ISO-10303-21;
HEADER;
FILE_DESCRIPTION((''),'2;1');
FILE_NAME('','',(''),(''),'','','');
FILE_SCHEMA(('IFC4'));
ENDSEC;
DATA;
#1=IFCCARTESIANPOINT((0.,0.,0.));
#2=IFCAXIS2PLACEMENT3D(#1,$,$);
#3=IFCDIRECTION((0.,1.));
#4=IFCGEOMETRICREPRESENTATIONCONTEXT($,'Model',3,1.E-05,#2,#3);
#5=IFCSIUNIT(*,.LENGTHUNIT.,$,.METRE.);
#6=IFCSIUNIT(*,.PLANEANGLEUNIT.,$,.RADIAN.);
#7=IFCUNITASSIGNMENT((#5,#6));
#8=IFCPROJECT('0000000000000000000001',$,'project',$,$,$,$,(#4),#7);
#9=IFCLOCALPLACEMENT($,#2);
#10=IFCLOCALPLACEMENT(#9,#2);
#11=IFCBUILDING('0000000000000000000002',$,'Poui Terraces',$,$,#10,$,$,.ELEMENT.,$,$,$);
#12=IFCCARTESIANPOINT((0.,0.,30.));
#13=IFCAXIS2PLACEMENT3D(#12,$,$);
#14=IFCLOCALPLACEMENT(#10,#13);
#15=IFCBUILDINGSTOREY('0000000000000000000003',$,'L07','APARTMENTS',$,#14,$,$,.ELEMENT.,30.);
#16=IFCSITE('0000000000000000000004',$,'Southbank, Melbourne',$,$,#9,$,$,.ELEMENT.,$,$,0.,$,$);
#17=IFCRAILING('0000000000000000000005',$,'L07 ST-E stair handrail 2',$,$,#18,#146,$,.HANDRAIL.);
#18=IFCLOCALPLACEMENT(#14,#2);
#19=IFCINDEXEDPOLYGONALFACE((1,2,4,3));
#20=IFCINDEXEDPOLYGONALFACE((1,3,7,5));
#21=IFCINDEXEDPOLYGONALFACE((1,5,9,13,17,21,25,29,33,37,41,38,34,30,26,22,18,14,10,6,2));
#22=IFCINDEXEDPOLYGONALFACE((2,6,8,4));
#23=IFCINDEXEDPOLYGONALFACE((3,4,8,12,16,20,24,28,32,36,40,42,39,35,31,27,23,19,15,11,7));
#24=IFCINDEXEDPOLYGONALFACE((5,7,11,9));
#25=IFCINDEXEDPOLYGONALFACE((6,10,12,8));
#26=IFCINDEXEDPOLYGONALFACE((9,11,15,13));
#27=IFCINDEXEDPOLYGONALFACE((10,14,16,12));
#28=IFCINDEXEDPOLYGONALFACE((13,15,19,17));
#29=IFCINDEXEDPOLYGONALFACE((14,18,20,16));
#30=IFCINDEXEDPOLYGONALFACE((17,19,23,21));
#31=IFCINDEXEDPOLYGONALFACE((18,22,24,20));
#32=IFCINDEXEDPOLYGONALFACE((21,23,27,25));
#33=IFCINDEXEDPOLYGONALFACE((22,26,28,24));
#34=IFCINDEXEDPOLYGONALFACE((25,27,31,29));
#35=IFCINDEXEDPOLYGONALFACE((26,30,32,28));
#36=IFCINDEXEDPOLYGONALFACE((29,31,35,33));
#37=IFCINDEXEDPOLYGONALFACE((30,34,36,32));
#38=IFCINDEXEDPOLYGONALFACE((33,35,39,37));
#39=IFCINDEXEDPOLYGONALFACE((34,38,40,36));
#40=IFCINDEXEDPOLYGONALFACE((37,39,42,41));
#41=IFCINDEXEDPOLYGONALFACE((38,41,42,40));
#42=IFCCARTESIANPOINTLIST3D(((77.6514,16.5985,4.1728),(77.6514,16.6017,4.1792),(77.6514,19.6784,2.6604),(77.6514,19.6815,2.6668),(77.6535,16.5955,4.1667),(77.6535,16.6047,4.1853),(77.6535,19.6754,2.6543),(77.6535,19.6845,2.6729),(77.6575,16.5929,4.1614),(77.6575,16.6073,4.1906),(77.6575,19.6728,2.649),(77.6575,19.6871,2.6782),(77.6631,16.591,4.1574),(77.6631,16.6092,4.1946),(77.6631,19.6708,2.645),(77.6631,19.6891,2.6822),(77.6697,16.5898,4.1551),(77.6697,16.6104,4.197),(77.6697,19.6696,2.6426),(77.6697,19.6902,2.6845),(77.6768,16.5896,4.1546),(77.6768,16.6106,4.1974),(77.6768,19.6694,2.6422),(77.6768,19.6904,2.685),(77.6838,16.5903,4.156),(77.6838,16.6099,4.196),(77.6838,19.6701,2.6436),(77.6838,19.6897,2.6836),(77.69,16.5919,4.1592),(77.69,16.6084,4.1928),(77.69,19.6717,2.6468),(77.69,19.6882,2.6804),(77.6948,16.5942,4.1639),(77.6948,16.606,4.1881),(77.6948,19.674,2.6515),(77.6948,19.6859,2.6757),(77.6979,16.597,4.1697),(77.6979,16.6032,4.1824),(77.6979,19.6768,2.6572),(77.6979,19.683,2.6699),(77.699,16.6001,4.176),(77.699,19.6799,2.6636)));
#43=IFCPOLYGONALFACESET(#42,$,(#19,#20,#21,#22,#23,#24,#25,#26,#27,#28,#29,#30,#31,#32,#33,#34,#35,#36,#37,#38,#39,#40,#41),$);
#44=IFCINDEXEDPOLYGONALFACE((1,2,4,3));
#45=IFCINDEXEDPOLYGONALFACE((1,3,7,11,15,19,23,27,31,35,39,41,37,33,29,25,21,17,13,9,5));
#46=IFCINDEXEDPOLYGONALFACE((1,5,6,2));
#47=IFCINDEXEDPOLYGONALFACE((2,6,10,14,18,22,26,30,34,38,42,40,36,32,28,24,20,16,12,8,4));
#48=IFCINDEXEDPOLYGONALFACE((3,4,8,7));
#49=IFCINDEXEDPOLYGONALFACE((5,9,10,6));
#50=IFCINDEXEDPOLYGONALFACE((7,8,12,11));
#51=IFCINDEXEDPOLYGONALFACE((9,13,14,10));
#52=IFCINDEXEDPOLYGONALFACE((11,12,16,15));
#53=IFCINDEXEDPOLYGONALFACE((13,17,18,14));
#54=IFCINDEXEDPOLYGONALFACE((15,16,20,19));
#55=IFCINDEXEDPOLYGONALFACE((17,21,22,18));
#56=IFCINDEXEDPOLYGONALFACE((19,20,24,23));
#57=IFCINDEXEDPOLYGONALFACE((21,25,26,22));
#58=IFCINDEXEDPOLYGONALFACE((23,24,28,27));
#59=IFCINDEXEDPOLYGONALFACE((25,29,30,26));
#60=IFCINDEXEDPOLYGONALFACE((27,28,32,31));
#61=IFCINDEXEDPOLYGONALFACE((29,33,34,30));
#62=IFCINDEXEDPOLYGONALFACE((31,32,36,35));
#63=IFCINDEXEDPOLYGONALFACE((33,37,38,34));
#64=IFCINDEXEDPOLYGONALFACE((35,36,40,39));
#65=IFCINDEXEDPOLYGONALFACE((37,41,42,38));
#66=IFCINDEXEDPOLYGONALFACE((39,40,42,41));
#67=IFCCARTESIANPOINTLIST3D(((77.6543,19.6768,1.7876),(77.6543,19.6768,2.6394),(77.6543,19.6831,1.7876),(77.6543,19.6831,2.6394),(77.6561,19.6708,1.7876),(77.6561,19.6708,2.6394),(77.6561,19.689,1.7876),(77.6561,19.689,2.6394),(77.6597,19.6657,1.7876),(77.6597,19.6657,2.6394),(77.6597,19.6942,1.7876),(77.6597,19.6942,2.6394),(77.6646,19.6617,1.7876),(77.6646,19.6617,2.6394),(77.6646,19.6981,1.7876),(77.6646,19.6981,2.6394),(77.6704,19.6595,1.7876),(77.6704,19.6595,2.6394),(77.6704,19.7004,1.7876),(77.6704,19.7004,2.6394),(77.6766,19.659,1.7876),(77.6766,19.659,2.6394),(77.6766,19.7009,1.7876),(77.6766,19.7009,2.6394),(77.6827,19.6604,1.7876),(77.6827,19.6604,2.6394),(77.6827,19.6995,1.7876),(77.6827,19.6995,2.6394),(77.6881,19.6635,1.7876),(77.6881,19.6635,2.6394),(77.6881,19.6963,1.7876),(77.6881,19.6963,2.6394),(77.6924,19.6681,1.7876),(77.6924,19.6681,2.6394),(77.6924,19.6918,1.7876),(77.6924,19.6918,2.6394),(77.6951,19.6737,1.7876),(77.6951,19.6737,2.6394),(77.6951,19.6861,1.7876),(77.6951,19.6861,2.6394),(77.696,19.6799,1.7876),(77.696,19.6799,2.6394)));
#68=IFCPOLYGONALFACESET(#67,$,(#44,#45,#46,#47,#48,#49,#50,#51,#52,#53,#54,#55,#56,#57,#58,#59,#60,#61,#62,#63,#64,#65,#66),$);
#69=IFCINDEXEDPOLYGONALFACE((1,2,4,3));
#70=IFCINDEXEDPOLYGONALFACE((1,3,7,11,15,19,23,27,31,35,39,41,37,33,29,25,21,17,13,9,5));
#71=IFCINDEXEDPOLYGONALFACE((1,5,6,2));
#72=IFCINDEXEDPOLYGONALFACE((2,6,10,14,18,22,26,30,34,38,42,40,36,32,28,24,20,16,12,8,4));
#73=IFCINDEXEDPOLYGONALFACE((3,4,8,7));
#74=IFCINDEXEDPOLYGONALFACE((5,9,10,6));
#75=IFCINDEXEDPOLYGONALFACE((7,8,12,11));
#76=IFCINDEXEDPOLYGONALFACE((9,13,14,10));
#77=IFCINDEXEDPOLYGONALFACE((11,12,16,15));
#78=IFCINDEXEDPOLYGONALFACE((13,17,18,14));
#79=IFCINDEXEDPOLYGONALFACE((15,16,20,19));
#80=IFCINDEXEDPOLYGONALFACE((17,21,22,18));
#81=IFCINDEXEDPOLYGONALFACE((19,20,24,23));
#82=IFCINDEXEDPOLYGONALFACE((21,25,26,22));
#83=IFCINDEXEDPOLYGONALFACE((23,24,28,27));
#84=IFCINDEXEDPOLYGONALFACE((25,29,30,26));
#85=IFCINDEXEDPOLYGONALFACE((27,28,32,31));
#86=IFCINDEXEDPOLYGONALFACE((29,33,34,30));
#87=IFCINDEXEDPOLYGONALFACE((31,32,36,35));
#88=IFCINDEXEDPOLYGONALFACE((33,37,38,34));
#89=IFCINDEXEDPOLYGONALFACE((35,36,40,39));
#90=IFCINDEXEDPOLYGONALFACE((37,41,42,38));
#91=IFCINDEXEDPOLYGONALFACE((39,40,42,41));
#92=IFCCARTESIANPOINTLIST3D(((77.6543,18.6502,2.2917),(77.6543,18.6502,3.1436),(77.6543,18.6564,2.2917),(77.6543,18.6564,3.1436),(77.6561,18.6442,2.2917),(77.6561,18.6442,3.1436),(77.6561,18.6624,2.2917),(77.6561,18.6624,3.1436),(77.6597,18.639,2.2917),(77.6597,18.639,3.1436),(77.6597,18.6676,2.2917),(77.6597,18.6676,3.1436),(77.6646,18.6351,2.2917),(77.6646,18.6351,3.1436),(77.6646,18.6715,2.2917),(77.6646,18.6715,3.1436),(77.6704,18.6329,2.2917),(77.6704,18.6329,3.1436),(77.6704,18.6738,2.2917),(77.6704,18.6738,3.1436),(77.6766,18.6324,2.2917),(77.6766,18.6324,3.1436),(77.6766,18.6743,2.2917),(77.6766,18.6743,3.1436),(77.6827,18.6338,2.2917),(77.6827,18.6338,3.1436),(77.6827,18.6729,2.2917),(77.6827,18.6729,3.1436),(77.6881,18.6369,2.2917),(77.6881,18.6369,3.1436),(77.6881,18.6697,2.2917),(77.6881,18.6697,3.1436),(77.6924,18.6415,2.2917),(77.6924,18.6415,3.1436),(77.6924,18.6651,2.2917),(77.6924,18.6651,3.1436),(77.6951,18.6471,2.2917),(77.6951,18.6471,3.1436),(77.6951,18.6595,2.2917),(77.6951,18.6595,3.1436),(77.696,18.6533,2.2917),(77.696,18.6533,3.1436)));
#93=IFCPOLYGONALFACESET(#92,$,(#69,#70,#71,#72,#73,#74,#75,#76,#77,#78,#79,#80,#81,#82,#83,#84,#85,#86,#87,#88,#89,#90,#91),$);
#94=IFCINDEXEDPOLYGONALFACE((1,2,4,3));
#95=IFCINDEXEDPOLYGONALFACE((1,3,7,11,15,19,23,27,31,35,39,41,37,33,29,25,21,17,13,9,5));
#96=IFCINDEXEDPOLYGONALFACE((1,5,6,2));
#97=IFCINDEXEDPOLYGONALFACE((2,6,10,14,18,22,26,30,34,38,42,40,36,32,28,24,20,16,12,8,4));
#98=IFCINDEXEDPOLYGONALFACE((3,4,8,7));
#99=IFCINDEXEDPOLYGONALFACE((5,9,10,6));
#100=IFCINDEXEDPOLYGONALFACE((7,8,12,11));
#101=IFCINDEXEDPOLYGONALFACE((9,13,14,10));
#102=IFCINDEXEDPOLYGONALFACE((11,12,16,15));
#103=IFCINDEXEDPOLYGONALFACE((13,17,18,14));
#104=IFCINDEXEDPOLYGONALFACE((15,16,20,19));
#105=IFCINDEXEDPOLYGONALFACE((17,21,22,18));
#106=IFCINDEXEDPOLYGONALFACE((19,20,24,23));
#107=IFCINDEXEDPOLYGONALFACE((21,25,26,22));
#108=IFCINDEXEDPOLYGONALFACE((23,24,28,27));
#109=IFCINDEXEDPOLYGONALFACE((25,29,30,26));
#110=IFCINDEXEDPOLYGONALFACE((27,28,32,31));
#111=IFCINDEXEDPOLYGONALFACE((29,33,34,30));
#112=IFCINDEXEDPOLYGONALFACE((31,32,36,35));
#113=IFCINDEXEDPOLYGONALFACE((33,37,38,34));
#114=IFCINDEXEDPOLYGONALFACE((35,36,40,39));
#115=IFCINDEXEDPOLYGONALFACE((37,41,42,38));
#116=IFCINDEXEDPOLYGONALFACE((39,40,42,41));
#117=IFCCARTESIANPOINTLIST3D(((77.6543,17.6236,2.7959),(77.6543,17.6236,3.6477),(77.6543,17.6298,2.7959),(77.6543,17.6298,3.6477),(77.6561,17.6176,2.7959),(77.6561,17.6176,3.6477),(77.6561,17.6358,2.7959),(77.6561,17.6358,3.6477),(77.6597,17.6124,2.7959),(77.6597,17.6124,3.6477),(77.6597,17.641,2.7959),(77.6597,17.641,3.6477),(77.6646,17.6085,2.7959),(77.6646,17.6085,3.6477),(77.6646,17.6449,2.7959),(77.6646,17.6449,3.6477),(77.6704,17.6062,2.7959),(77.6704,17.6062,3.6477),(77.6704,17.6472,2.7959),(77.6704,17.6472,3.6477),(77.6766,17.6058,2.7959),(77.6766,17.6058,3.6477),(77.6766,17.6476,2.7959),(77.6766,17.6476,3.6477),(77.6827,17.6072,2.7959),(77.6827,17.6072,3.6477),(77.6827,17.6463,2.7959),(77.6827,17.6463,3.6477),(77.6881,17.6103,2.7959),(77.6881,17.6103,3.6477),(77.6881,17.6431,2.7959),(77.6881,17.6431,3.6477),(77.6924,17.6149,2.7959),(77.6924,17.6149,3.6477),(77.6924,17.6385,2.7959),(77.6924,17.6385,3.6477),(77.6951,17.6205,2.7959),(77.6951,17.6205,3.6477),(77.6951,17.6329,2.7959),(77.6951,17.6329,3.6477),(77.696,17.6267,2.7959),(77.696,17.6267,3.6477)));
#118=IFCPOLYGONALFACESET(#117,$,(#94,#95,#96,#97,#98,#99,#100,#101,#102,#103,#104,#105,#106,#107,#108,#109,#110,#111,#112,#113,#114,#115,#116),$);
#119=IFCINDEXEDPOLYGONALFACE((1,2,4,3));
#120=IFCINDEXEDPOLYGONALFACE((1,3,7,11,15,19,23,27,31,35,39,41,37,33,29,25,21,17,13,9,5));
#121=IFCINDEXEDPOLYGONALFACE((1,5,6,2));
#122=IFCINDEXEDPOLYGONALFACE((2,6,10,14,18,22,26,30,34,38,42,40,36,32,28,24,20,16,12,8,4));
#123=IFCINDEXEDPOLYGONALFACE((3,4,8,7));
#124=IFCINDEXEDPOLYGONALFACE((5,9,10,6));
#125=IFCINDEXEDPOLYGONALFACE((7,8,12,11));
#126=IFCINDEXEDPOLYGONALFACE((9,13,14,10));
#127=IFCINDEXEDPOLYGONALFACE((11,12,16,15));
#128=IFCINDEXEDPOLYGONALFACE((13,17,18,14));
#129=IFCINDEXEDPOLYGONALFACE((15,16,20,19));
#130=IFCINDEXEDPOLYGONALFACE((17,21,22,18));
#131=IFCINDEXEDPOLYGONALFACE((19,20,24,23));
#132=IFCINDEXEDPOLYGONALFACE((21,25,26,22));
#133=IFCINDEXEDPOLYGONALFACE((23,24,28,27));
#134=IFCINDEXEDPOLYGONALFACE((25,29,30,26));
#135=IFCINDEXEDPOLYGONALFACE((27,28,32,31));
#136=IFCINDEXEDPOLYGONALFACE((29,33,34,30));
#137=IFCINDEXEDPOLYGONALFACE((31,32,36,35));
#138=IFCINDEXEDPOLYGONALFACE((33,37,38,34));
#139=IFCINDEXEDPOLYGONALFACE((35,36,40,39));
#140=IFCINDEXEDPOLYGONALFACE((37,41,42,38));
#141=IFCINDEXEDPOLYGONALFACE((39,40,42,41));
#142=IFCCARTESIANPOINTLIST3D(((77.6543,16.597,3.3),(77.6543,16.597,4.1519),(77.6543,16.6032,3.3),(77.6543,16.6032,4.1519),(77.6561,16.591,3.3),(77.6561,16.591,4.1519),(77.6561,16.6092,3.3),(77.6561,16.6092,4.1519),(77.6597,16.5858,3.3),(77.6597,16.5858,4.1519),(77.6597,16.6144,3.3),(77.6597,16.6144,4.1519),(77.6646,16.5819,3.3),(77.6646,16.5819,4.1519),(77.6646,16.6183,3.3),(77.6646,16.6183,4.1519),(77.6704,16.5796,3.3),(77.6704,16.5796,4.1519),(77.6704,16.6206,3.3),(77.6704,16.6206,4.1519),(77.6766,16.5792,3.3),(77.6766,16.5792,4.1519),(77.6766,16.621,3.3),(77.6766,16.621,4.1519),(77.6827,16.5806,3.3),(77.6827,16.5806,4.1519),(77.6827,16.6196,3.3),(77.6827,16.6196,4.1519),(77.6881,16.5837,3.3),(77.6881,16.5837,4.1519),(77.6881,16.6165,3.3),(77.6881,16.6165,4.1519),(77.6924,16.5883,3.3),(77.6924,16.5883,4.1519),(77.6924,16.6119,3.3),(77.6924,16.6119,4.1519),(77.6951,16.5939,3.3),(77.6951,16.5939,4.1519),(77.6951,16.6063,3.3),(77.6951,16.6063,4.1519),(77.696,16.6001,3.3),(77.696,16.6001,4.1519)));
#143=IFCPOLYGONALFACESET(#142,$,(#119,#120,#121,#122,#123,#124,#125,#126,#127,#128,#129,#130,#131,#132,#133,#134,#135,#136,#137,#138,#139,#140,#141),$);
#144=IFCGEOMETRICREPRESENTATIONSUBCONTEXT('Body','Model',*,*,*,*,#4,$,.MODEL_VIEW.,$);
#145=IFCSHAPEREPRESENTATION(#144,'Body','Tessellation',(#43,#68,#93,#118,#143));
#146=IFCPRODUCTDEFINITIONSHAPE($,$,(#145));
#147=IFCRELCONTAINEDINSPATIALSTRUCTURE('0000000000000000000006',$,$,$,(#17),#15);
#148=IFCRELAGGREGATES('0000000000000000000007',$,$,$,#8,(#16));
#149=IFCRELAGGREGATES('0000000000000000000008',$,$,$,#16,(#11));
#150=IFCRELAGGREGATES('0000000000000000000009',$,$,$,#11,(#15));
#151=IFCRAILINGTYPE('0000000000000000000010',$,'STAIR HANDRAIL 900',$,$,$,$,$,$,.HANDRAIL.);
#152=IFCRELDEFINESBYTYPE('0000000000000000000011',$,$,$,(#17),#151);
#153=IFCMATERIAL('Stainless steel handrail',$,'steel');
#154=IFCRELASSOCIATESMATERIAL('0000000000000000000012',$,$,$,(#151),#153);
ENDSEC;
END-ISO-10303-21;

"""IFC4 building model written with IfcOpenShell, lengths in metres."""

from ifc_helpers import new_model, si_unit, direction, frame, origin, origin_2d, place, context, subcontext, project, spatial, circle, extrude, material, type_object, element, save


model = new_model("IFC4")

# Units and contexts
model_context = context("Model", 3, precision=1e-05, world=origin(), true_north=direction((0.0, 1.0)))
body_context = subcontext(model_context, "Body", "Model", "MODEL_VIEW")
ifc_project = project(units=[si_unit("LENGTHUNIT", "METRE"), si_unit("PLANEANGLEUNIT", "RADIAN")], contexts=[model_context])

# Site, building, storey
site_placement = place(None, origin())
site = spatial("IfcSite", under=ifc_project, at=site_placement, Name="Southbank, Melbourne", CompositionType="ELEMENT", RefElevation=0.0)
building_placement = place(site_placement, origin())
building = spatial("IfcBuilding", under=site, at=building_placement, Name="Poui Terraces", CompositionType="ELEMENT")
storey_placement = place(building_placement, frame((0.0, 0.0, 30.0)))
storey = spatial("IfcBuildingStorey", under=building, at=storey_placement, Name="L07", Description="APARTMENTS", CompositionType="ELEMENT", Elevation=30.0)

# Railing
ifc_material_1 = material(Name="Stainless steel handrail", Category="steel")
railing_type_1 = type_object("IfcRailingType", Name="STAIR HANDRAIL 900", PredefinedType="HANDRAIL", material=ifc_material_1)
railing_1_placement = place(storey_placement, frame((77.675, 19.6799, 1.7876)))
element("IfcRailing", 1, at=railing_1_placement, inside=storey, type_object=railing_type_1, Name="L07 ST-E stair handrail 2", PredefinedType="HANDRAIL", context=body_context, shape_type="SweptSolid", body=[
    extrude(circle(Radius=0.0239, at=origin_2d()), frame((0.0, 0.0, 0.876), z_axis=(0.0, -0.897606, 0.440798), x_axis=(1.0, 0.0, 0.0)), (0.0, 0.0, 1.0), 3.4312),
    extrude(circle(Radius=0.021, at=origin_2d()), origin(), (0.0, 0.0, 1.0), 0.8518),
    extrude(circle(Radius=0.021, at=origin_2d()), frame((0.0, -1.0266, 0.5042)), (0.0, 0.0, 1.0), 0.8518),
    extrude(circle(Radius=0.021, at=origin_2d()), frame((0.0, -2.0532, 1.0083)), (0.0, 0.0, 1.0), 0.8518),
    extrude(circle(Radius=0.021, at=origin_2d()), frame((0.0, -3.0798, 1.5125)), (0.0, 0.0, 1.0), 0.8518),
])

save(model, "model.ifc")
